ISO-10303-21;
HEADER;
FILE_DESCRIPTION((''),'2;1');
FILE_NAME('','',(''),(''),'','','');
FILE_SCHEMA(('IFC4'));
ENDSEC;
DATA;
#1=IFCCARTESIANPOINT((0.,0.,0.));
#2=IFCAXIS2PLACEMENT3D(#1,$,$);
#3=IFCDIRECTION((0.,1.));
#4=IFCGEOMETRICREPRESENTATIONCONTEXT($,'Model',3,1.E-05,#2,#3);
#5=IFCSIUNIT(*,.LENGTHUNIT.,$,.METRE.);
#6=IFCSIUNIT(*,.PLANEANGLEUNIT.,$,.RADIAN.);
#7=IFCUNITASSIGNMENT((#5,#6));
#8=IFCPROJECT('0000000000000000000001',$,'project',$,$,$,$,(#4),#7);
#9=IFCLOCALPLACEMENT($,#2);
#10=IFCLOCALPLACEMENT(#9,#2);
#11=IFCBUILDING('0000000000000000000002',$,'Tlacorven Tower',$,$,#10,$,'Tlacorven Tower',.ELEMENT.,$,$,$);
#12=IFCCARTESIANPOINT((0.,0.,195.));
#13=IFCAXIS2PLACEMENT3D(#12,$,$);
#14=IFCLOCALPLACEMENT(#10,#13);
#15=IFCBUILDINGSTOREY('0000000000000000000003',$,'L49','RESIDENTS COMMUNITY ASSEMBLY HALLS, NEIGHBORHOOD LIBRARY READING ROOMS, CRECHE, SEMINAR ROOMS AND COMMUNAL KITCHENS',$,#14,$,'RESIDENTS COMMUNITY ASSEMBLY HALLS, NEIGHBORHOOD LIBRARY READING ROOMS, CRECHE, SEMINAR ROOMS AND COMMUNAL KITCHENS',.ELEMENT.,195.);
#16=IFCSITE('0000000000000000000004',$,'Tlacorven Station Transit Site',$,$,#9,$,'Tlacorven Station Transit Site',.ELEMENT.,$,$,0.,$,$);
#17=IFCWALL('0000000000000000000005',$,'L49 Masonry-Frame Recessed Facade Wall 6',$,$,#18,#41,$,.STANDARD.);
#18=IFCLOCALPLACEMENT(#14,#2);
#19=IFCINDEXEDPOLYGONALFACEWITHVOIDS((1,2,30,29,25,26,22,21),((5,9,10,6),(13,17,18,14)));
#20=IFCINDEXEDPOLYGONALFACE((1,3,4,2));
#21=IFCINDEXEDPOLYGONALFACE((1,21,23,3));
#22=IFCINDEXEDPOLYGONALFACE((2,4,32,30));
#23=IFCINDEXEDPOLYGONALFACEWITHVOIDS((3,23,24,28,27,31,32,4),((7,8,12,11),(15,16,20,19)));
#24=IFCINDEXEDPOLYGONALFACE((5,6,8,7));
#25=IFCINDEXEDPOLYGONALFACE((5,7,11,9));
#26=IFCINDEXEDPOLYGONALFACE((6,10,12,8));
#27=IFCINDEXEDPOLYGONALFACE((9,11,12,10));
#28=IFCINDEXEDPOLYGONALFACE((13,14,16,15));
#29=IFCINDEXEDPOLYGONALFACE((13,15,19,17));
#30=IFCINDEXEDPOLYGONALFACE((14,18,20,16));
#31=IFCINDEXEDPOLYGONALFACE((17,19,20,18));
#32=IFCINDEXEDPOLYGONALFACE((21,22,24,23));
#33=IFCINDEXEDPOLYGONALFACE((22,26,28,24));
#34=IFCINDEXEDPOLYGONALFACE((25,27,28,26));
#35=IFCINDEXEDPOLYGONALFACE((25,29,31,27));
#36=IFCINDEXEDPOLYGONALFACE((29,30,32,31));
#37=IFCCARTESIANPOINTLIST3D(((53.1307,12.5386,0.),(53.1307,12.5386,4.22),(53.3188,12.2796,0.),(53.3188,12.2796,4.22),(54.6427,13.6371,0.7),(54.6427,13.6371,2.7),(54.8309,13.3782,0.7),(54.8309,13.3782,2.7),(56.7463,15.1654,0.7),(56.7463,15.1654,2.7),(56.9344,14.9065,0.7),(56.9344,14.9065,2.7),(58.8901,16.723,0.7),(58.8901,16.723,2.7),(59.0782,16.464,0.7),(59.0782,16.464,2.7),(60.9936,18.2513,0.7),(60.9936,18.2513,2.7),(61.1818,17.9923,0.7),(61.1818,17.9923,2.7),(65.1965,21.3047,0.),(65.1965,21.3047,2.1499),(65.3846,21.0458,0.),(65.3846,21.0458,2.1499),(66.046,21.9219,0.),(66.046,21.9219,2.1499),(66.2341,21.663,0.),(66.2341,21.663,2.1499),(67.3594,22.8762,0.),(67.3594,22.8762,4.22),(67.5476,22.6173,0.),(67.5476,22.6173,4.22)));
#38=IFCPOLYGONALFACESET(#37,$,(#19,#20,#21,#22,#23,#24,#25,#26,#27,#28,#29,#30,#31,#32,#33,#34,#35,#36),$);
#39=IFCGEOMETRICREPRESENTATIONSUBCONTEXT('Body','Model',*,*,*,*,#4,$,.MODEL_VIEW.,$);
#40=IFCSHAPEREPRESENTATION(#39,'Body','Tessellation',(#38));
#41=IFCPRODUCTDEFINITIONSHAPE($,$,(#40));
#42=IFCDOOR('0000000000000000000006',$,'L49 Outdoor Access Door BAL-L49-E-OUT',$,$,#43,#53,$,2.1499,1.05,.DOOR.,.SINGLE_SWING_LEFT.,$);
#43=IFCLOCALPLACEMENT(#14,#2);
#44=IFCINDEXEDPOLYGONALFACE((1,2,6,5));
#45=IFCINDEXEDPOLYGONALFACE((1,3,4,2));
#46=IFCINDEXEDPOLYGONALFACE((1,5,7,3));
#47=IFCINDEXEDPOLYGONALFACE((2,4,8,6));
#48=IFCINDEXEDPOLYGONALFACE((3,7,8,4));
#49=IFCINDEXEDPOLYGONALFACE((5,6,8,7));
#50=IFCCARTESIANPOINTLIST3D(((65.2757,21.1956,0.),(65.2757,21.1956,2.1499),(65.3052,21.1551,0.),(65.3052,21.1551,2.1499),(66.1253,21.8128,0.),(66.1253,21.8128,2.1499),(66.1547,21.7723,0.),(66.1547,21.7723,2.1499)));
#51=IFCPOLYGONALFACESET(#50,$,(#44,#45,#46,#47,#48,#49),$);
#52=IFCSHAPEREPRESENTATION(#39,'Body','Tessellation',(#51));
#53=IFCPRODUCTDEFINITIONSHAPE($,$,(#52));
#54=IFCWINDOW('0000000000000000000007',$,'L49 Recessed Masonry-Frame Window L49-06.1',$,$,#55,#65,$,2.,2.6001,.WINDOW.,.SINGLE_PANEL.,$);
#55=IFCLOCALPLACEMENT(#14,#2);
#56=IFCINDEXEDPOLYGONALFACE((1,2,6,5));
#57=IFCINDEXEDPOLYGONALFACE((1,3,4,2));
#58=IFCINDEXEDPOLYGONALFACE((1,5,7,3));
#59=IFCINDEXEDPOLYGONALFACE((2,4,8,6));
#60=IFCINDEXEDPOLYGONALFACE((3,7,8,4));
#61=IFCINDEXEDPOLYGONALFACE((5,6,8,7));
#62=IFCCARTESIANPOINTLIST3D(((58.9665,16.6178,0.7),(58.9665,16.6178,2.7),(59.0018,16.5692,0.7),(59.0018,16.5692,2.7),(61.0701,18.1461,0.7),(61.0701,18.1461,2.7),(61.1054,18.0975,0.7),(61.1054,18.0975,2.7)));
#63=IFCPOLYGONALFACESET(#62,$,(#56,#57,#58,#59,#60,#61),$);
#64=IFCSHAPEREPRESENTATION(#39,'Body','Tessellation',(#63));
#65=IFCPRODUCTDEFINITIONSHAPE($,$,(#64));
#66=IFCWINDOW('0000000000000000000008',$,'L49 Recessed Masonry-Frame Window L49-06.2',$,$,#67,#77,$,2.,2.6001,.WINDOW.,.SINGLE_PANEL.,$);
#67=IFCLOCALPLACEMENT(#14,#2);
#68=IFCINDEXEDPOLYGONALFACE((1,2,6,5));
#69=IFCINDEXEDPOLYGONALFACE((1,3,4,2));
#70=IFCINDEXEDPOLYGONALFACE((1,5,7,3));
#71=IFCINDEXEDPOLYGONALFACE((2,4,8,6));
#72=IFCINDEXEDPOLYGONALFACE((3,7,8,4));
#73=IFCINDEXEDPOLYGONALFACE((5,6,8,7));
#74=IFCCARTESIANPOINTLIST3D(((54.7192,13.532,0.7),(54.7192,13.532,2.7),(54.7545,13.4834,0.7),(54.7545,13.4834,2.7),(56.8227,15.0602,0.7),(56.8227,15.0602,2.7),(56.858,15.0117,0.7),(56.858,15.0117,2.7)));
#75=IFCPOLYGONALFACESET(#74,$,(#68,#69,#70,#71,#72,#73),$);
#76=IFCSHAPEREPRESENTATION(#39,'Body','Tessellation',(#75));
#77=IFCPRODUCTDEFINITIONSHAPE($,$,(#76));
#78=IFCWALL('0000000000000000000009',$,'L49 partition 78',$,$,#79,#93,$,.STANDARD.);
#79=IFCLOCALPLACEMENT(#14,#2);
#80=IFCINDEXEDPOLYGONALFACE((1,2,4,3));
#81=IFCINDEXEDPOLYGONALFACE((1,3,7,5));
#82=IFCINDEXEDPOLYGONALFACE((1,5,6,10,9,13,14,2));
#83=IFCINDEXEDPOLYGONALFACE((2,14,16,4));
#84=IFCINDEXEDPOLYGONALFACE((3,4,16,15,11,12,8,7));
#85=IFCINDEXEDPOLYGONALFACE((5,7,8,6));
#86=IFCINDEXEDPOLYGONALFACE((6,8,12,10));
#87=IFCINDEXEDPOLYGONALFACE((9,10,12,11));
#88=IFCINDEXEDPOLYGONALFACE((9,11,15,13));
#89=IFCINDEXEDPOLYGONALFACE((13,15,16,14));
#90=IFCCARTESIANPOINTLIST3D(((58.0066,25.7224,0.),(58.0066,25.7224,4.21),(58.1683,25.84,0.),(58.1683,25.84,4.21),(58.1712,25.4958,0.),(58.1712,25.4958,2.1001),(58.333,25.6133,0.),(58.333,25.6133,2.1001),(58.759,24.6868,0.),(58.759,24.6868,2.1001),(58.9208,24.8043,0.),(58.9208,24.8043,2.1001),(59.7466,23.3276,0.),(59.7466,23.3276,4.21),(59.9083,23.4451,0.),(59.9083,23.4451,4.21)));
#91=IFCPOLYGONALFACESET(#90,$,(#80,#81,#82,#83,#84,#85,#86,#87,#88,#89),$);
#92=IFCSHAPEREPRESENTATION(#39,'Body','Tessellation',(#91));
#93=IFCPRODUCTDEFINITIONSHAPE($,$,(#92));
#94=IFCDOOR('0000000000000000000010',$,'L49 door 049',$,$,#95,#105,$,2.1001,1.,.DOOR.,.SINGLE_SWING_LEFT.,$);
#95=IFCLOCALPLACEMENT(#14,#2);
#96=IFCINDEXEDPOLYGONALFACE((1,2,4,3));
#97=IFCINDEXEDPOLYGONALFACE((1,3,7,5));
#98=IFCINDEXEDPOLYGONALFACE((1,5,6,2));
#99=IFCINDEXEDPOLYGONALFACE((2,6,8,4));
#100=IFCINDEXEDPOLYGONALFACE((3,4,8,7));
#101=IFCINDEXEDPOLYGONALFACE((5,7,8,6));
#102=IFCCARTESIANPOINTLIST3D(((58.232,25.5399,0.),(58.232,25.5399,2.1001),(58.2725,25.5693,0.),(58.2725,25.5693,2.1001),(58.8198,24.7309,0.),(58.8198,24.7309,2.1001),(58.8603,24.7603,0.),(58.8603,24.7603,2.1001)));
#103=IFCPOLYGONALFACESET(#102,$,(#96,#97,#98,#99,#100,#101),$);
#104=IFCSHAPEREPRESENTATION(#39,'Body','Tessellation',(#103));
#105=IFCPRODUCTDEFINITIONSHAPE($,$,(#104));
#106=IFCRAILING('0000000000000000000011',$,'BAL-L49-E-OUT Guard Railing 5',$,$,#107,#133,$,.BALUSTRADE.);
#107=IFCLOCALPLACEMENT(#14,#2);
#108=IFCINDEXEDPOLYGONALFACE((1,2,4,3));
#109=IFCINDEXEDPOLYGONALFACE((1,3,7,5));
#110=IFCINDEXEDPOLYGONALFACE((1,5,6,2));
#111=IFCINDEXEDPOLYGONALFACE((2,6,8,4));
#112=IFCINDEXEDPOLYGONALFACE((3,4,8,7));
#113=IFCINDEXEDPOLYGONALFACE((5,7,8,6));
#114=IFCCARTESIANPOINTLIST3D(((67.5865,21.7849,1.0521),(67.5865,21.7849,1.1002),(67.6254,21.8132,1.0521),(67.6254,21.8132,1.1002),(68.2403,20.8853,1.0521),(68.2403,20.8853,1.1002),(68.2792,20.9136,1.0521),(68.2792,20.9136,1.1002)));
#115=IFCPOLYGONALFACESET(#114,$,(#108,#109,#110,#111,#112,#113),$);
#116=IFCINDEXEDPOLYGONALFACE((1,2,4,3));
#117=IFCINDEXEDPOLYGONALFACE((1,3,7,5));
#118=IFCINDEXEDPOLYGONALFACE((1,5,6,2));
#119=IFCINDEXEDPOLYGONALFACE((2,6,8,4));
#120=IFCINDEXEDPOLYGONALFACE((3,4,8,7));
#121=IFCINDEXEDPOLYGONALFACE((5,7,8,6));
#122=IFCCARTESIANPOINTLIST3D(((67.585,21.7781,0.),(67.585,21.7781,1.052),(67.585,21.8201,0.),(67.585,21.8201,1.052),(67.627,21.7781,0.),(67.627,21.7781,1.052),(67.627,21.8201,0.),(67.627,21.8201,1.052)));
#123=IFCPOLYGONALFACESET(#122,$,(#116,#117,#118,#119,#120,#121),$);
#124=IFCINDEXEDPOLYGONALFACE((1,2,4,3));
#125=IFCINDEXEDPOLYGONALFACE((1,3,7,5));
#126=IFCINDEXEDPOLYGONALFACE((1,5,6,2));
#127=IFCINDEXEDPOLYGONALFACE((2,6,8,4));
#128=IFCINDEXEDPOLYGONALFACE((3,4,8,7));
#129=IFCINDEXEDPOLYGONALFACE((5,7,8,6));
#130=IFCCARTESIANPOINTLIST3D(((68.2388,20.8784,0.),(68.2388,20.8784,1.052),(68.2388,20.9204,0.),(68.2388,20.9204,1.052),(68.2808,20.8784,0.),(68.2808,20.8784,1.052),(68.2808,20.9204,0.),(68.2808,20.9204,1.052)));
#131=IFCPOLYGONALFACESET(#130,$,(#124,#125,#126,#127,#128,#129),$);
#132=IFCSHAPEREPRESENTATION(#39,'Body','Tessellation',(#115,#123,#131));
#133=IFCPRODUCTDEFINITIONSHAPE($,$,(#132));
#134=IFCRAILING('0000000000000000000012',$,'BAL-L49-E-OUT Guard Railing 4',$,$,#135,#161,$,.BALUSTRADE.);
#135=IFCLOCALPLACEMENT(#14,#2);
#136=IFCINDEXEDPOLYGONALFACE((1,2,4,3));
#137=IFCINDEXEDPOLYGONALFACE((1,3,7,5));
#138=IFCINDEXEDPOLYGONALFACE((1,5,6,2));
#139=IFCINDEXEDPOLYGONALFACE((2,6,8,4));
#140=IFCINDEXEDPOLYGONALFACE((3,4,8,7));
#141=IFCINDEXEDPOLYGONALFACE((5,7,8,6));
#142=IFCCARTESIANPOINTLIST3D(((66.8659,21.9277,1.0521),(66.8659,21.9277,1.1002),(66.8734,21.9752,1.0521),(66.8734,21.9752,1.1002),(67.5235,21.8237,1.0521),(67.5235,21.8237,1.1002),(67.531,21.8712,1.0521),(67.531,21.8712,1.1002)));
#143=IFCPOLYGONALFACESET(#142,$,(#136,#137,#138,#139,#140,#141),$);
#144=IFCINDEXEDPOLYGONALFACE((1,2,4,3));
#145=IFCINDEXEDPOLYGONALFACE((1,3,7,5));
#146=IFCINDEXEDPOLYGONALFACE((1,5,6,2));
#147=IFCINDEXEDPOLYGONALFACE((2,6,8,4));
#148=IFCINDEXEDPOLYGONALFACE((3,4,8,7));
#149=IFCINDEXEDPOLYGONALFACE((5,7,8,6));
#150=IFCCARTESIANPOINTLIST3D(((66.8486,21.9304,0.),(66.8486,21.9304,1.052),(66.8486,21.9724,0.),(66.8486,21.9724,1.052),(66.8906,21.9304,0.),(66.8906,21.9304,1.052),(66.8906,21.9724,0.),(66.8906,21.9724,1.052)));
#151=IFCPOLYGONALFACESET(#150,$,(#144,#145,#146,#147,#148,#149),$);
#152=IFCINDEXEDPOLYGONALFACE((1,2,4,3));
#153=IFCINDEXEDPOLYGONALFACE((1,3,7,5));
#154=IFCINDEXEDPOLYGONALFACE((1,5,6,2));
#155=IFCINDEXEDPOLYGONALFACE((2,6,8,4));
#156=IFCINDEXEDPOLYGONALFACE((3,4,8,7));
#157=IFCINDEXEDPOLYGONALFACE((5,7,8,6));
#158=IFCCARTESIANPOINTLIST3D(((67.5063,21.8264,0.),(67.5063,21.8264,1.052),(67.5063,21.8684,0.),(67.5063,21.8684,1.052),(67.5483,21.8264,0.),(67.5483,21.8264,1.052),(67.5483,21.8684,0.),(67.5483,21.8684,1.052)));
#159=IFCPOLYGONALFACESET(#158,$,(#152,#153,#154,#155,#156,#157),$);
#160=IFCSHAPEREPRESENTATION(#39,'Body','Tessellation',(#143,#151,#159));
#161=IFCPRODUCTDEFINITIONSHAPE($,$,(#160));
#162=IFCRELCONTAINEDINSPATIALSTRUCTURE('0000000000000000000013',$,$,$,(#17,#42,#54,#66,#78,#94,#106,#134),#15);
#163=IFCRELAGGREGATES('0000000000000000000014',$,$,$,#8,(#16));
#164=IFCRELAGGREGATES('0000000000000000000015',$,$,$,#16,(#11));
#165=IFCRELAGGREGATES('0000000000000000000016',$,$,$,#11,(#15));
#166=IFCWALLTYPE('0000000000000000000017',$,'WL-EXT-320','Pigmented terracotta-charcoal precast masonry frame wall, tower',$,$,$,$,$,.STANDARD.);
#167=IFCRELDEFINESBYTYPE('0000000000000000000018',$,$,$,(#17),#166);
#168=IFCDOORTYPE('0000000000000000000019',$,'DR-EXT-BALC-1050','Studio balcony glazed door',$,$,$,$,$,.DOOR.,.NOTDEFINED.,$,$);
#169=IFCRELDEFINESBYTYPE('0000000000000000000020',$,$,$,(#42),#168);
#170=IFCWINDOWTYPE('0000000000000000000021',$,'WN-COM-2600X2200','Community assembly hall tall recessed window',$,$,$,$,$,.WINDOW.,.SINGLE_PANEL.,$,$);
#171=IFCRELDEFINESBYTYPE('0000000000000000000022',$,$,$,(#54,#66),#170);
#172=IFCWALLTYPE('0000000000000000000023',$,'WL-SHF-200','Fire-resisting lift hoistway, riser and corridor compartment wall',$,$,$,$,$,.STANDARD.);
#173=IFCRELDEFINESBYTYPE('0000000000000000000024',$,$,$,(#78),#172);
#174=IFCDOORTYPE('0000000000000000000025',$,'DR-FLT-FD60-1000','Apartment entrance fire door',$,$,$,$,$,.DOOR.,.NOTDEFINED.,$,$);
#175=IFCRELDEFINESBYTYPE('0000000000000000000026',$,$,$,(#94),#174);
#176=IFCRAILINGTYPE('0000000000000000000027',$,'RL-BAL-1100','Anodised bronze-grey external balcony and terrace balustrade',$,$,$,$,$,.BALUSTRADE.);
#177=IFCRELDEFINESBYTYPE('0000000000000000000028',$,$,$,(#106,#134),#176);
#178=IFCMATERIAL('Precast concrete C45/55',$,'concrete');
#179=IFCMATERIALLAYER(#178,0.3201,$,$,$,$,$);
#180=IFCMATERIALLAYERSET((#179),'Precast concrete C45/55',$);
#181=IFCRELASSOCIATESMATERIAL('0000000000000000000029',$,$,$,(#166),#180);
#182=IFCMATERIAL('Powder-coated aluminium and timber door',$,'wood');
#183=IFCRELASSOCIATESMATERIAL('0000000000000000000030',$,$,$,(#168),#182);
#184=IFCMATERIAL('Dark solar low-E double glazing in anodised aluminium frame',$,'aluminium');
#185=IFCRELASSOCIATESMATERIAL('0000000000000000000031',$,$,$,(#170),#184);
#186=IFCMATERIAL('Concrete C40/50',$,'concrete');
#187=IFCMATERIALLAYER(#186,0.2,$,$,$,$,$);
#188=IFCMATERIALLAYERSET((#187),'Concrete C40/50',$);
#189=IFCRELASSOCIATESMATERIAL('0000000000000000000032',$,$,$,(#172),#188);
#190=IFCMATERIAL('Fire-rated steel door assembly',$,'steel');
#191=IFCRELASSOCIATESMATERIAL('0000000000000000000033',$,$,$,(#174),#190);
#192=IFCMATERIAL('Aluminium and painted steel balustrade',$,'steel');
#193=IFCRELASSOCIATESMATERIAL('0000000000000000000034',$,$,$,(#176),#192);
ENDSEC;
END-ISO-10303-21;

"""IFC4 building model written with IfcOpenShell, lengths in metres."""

from ifc_helpers import new_model, si_unit, direction, frame, frame_2d, origin, origin_2d, place, context, subcontext, project, spatial, rectangle, extrude, source, transform, mapped, material, layer, layer_set, type_object, element, fill, save


model = new_model("IFC4")

# Units and contexts
model_context = context("Model", 3, precision=1e-05, world=origin(), true_north=direction((0.0, 1.0)))
body_context = subcontext(model_context, "Body", "Model", "MODEL_VIEW")
ifc_project = project(units=[si_unit("LENGTHUNIT", "METRE"), si_unit("PLANEANGLEUNIT", "RADIAN")], contexts=[model_context])

# Site, building, storey
site_placement = place(None, origin())
site = spatial("IfcSite", under=ifc_project, at=site_placement, Name="Tlacorven Station Transit Site", LongName="Tlacorven Station Transit Site", CompositionType="ELEMENT", RefElevation=0.0)
building_placement = place(site_placement, origin())
building = spatial("IfcBuilding", under=site, at=building_placement, Name="Tlacorven Tower", LongName="Tlacorven Tower", CompositionType="ELEMENT")
storey_placement = place(building_placement, frame((0.0, 0.0, 195.0)))
storey = spatial("IfcBuildingStorey", under=building, at=storey_placement, Name="L49", Description="RESIDENTS COMMUNITY ASSEMBLY HALLS, NEIGHBORHOOD LIBRARY READING ROOMS, CRECHE, SEMINAR ROOMS AND COMMUNAL KITCHENS", LongName="RESIDENTS COMMUNITY ASSEMBLY HALLS, NEIGHBORHOOD LIBRARY READING ROOMS, CRECHE, SEMINAR ROOMS AND COMMUNAL KITCHENS", CompositionType="ELEMENT", Elevation=195.0)

# Shared definitions
ifc_material_1 = material(Name="Fire-rated steel door assembly", Category="steel")

# Wall, openings, door, windows
ifc_material_2 = material(Name="Precast concrete C45/55", Category="concrete")
ifc_layer_1 = layer(ifc_material_2, 0.3201)
ifc_layer_set_1 = layer_set([ifc_layer_1], Name="Precast concrete C45/55")
wall_type_1 = type_object("IfcWallType", Name="WL-EXT-320", Description="Pigmented terracotta-charcoal precast masonry frame wall, tower", PredefinedType="STANDARD", material=ifc_layer_set_1)
wall_1_placement = place(storey_placement, frame((67.4536, 22.7468, 0.0), z_axis=(0.0, 0.0, 1.0), x_axis=(-0.809021, -0.58778, 0.0)))
wall_1 = element("IfcWall", 1, at=wall_1_placement, inside=storey, type_object=wall_type_1, Name="L49 Masonry-Frame Recessed Facade Wall 6", PredefinedType="STANDARD", context=body_context, shape_type="SweptSolid", body=[
    extrude(rectangle(XDim=17.5876, YDim=0.3201, at=frame_2d((8.7939, 0.0))), origin(), (0.0, 0.0, 1.0), 4.22),
])
opening_1_placement = place(wall_1_placement, frame((1.6238, 0.0, 0.0)))
opening_1 = element("IfcOpeningElement", 2, at=opening_1_placement, cuts=wall_1, PredefinedType="OPENING", context=body_context, shape_type="SweptSolid", body=[
    extrude(rectangle(XDim=1.05, YDim=2.1499, at=frame_2d((0.5249, 1.075))), frame((0.0, 0.1699, 0.0), z_axis=(0.0, -1.0, 0.0), x_axis=(1.0, 0.0, 0.0)), (0.0, 0.0, 1.0), 0.3401),
])
opening_2_placement = place(wall_1_placement, frame((7.8687, 0.0, 0.7)))
opening_2 = element("IfcOpeningElement", 3, at=opening_2_placement, cuts=wall_1, PredefinedType="OPENING", context=body_context, shape_type="SweptSolid", body=[
    extrude(rectangle(XDim=2.6001, YDim=2.0, at=frame_2d((1.3, 1.0))), frame((0.0, 0.1699, 0.0), z_axis=(0.0, -1.0, 0.0), x_axis=(1.0, 0.0, 0.0)), (0.0, 0.0, 1.0), 0.3401),
])
opening_3_placement = place(wall_1_placement, frame((13.1187, 0.0, 0.7)))
opening_3 = element("IfcOpeningElement", 4, at=opening_3_placement, cuts=wall_1, PredefinedType="OPENING", context=body_context, shape_type="SweptSolid", body=[
    extrude(rectangle(XDim=2.6001, YDim=2.0, at=frame_2d((1.3, 1.0))), frame((0.0, 0.1699, 0.0), z_axis=(0.0, -1.0, 0.0), x_axis=(1.0, 0.0, 0.0)), (0.0, 0.0, 1.0), 0.3401),
])
ifc_material_3 = material(Name="Powder-coated aluminium and timber door", Category="wood")
door_type_1 = type_object("IfcDoorType", Name="DR-EXT-BALC-1050", Description="Studio balcony glazed door", OperationType="NOTDEFINED", PredefinedType="DOOR", material=ifc_material_3)
shared_shape_1 = source(origin(), body_context, "Body", "SweptSolid", [
    extrude(rectangle(XDim=1.05, YDim=2.1499, at=frame_2d((0.5249, 1.075))), frame((0.0, 0.0249, 0.0), z_axis=(0.0, -1.0, 0.0), x_axis=(1.0, 0.0, 0.0)), (0.0, 0.0, 1.0), 0.05),
])
door_1_placement = place(opening_1_placement, origin())
door_1 = element("IfcDoor", 5, at=door_1_placement, inside=storey, type_object=door_type_1, Name="L49 Outdoor Access Door BAL-L49-E-OUT", OperationType="SINGLE_SWING_LEFT", OverallHeight=2.1499, OverallWidth=1.05, PredefinedType="DOOR", context=body_context, shape_type="MappedRepresentation", body=[
    mapped(shared_shape_1, transform((0.0, 0.0, 0.0), scale=1.0)),
])
fill(opening_1, door_1)
ifc_material_4 = material(Name="Dark solar low-E double glazing in anodised aluminium frame", Category="aluminium")
window_type = type_object("IfcWindowType", Name="WN-COM-2600X2200", Description="Community assembly hall tall recessed window", PartitioningType="SINGLE_PANEL", PredefinedType="WINDOW", material=ifc_material_4)
shared_shape_2 = source(origin(), body_context, "Body", "SweptSolid", [
    extrude(rectangle(XDim=2.6001, YDim=2.0, at=frame_2d((1.3, 1.0))), frame((0.0, 0.03, 0.0), z_axis=(0.0, -1.0, 0.0), x_axis=(1.0, 0.0, 0.0)), (0.0, 0.0, 1.0), 0.0601),
])
window_1_placement = place(opening_2_placement, origin())
window_1 = element("IfcWindow", 6, at=window_1_placement, inside=storey, type_object=window_type, Name="L49 Recessed Masonry-Frame Window L49-06.1", OverallHeight=2.0, OverallWidth=2.6001, PartitioningType="SINGLE_PANEL", PredefinedType="WINDOW", context=body_context, shape_type="MappedRepresentation", body=[
    mapped(shared_shape_2, transform((0.0, 0.0, 0.0), scale=1.0)),
])
fill(opening_2, window_1)
window_2_placement = place(opening_3_placement, origin())
window_2 = element("IfcWindow", 7, at=window_2_placement, inside=storey, type_object=window_type, Name="L49 Recessed Masonry-Frame Window L49-06.2", OverallHeight=2.0, OverallWidth=2.6001, PartitioningType="SINGLE_PANEL", PredefinedType="WINDOW", context=body_context, shape_type="MappedRepresentation", body=[
    mapped(shared_shape_2, transform((0.0, 0.0, 0.0), scale=1.0)),
])
fill(opening_3, window_2)

# Wall, opening, door
ifc_material_5 = material(Name="Concrete C40/50", Category="concrete")
ifc_layer_2 = layer(ifc_material_5, 0.2)
ifc_layer_set_2 = layer_set([ifc_layer_2], Name="Concrete C40/50")
wall_type_2 = type_object("IfcWallType", Name="WL-SHF-200", Description="Fire-resisting lift hoistway, riser and corridor compartment wall", PredefinedType="STANDARD", material=ifc_layer_set_2)
wall_2_placement = place(storey_placement, frame((59.8274, 23.3865, 0.0), z_axis=(0.0, 0.0, 1.0), x_axis=(-0.587804, 0.809003, 0.0)))
wall_2 = element("IfcWall", 8, at=wall_2_placement, inside=storey, type_object=wall_type_2, Name="L49 partition 78", PredefinedType="STANDARD", context=body_context, shape_type="SweptSolid", body=[
    extrude(rectangle(XDim=2.9602, YDim=0.2, at=frame_2d((1.48, 0.0))), origin(), (0.0, 0.0, 1.0), 4.21),
])
opening_4_placement = place(wall_2_placement, frame((1.6799, 0.0, 0.0)))
opening_4 = element("IfcOpeningElement", 9, at=opening_4_placement, cuts=wall_2, PredefinedType="OPENING", context=body_context, shape_type="SweptSolid", body=[
    extrude(rectangle(XDim=1.0, YDim=2.1001, at=frame_2d((0.5, 1.05))), frame((0.0, 0.1099, 0.0), z_axis=(0.0, -1.0, 0.0), x_axis=(1.0, 0.0, 0.0)), (0.0, 0.0, 1.0), 0.22),
])
door_type_2 = type_object("IfcDoorType", Name="DR-FLT-FD60-1000", Description="Apartment entrance fire door", OperationType="NOTDEFINED", PredefinedType="DOOR", material=ifc_material_1)
shared_shape_3 = source(origin(), body_context, "Body", "SweptSolid", [
    extrude(rectangle(XDim=1.0, YDim=2.1001, at=frame_2d((0.5, 1.05))), frame((0.0, 0.0249, 0.0), z_axis=(0.0, -1.0, 0.0), x_axis=(1.0, 0.0, 0.0)), (0.0, 0.0, 1.0), 0.05),
])
door_2_placement = place(opening_4_placement, origin())
door_2 = element("IfcDoor", 10, at=door_2_placement, inside=storey, type_object=door_type_2, Name="L49 door 049", OperationType="SINGLE_SWING_LEFT", OverallHeight=2.1001, OverallWidth=1.0, PredefinedType="DOOR", context=body_context, shape_type="MappedRepresentation", body=[
    mapped(shared_shape_3, transform((0.0, 0.0, 0.0), scale=1.0)),
])
fill(opening_4, door_2)

# Railings
ifc_material_6 = material(Name="Aluminium and painted steel balustrade", Category="steel")
railing_type = type_object("IfcRailingType", Name="RL-BAL-1100", Description="Anodised bronze-grey external balcony and terrace balustrade", PredefinedType="BALUSTRADE", material=ifc_material_6)
shared_shape_4 = source(origin(), body_context, "Body", "SweptSolid", [
    extrude(rectangle(XDim=0.0481, YDim=0.0481, at=origin_2d()), frame((0.0, 0.0, 1.0762), z_axis=(0.587884, -0.808945, 0.0), x_axis=(0.808945, 0.587884, 0.0)), (0.0, 0.0, 1.0), 1.1121),
    extrude(rectangle(XDim=0.042, YDim=0.042, at=origin_2d()), origin(), (0.0, 0.0, 1.0), 1.052),
    extrude(rectangle(XDim=0.042, YDim=0.042, at=origin_2d()), frame((0.6538, -0.8997, 0.0)), (0.0, 0.0, 1.0), 1.052),
])
railing_1_placement = place(storey_placement, frame((67.606, 21.7991, 0.0)))
element("IfcRailing", 11, at=railing_1_placement, inside=storey, type_object=railing_type, Name="BAL-L49-E-OUT Guard Railing 5", PredefinedType="BALUSTRADE", context=body_context, shape_type="MappedRepresentation", body=[
    mapped(shared_shape_4, transform((0.0, 0.0, 0.0), scale=1.0)),
])
shared_shape_5 = source(origin(), body_context, "Body", "SweptSolid", [
    extrude(rectangle(XDim=0.0481, YDim=0.0481, at=origin_2d()), frame((0.0, 0.0, 1.0762), z_axis=(0.987727, -0.156188, 0.0), x_axis=(0.156188, 0.987727, 0.0)), (0.0, 0.0, 1.0), 0.6658),
    extrude(rectangle(XDim=0.042, YDim=0.042, at=origin_2d()), origin(), (0.0, 0.0, 1.0), 1.052),
    extrude(rectangle(XDim=0.042, YDim=0.042, at=origin_2d()), frame((0.6577, -0.104, 0.0)), (0.0, 0.0, 1.0), 1.052),
])
railing_2_placement = place(storey_placement, frame((66.8696, 21.9514, 0.0)))
element("IfcRailing", 12, at=railing_2_placement, inside=storey, type_object=railing_type, Name="BAL-L49-E-OUT Guard Railing 4", PredefinedType="BALUSTRADE", context=body_context, shape_type="MappedRepresentation", body=[
    mapped(shared_shape_5, transform((0.0, 0.0, 0.0), scale=1.0)),
])

save(model, "model.ifc")
